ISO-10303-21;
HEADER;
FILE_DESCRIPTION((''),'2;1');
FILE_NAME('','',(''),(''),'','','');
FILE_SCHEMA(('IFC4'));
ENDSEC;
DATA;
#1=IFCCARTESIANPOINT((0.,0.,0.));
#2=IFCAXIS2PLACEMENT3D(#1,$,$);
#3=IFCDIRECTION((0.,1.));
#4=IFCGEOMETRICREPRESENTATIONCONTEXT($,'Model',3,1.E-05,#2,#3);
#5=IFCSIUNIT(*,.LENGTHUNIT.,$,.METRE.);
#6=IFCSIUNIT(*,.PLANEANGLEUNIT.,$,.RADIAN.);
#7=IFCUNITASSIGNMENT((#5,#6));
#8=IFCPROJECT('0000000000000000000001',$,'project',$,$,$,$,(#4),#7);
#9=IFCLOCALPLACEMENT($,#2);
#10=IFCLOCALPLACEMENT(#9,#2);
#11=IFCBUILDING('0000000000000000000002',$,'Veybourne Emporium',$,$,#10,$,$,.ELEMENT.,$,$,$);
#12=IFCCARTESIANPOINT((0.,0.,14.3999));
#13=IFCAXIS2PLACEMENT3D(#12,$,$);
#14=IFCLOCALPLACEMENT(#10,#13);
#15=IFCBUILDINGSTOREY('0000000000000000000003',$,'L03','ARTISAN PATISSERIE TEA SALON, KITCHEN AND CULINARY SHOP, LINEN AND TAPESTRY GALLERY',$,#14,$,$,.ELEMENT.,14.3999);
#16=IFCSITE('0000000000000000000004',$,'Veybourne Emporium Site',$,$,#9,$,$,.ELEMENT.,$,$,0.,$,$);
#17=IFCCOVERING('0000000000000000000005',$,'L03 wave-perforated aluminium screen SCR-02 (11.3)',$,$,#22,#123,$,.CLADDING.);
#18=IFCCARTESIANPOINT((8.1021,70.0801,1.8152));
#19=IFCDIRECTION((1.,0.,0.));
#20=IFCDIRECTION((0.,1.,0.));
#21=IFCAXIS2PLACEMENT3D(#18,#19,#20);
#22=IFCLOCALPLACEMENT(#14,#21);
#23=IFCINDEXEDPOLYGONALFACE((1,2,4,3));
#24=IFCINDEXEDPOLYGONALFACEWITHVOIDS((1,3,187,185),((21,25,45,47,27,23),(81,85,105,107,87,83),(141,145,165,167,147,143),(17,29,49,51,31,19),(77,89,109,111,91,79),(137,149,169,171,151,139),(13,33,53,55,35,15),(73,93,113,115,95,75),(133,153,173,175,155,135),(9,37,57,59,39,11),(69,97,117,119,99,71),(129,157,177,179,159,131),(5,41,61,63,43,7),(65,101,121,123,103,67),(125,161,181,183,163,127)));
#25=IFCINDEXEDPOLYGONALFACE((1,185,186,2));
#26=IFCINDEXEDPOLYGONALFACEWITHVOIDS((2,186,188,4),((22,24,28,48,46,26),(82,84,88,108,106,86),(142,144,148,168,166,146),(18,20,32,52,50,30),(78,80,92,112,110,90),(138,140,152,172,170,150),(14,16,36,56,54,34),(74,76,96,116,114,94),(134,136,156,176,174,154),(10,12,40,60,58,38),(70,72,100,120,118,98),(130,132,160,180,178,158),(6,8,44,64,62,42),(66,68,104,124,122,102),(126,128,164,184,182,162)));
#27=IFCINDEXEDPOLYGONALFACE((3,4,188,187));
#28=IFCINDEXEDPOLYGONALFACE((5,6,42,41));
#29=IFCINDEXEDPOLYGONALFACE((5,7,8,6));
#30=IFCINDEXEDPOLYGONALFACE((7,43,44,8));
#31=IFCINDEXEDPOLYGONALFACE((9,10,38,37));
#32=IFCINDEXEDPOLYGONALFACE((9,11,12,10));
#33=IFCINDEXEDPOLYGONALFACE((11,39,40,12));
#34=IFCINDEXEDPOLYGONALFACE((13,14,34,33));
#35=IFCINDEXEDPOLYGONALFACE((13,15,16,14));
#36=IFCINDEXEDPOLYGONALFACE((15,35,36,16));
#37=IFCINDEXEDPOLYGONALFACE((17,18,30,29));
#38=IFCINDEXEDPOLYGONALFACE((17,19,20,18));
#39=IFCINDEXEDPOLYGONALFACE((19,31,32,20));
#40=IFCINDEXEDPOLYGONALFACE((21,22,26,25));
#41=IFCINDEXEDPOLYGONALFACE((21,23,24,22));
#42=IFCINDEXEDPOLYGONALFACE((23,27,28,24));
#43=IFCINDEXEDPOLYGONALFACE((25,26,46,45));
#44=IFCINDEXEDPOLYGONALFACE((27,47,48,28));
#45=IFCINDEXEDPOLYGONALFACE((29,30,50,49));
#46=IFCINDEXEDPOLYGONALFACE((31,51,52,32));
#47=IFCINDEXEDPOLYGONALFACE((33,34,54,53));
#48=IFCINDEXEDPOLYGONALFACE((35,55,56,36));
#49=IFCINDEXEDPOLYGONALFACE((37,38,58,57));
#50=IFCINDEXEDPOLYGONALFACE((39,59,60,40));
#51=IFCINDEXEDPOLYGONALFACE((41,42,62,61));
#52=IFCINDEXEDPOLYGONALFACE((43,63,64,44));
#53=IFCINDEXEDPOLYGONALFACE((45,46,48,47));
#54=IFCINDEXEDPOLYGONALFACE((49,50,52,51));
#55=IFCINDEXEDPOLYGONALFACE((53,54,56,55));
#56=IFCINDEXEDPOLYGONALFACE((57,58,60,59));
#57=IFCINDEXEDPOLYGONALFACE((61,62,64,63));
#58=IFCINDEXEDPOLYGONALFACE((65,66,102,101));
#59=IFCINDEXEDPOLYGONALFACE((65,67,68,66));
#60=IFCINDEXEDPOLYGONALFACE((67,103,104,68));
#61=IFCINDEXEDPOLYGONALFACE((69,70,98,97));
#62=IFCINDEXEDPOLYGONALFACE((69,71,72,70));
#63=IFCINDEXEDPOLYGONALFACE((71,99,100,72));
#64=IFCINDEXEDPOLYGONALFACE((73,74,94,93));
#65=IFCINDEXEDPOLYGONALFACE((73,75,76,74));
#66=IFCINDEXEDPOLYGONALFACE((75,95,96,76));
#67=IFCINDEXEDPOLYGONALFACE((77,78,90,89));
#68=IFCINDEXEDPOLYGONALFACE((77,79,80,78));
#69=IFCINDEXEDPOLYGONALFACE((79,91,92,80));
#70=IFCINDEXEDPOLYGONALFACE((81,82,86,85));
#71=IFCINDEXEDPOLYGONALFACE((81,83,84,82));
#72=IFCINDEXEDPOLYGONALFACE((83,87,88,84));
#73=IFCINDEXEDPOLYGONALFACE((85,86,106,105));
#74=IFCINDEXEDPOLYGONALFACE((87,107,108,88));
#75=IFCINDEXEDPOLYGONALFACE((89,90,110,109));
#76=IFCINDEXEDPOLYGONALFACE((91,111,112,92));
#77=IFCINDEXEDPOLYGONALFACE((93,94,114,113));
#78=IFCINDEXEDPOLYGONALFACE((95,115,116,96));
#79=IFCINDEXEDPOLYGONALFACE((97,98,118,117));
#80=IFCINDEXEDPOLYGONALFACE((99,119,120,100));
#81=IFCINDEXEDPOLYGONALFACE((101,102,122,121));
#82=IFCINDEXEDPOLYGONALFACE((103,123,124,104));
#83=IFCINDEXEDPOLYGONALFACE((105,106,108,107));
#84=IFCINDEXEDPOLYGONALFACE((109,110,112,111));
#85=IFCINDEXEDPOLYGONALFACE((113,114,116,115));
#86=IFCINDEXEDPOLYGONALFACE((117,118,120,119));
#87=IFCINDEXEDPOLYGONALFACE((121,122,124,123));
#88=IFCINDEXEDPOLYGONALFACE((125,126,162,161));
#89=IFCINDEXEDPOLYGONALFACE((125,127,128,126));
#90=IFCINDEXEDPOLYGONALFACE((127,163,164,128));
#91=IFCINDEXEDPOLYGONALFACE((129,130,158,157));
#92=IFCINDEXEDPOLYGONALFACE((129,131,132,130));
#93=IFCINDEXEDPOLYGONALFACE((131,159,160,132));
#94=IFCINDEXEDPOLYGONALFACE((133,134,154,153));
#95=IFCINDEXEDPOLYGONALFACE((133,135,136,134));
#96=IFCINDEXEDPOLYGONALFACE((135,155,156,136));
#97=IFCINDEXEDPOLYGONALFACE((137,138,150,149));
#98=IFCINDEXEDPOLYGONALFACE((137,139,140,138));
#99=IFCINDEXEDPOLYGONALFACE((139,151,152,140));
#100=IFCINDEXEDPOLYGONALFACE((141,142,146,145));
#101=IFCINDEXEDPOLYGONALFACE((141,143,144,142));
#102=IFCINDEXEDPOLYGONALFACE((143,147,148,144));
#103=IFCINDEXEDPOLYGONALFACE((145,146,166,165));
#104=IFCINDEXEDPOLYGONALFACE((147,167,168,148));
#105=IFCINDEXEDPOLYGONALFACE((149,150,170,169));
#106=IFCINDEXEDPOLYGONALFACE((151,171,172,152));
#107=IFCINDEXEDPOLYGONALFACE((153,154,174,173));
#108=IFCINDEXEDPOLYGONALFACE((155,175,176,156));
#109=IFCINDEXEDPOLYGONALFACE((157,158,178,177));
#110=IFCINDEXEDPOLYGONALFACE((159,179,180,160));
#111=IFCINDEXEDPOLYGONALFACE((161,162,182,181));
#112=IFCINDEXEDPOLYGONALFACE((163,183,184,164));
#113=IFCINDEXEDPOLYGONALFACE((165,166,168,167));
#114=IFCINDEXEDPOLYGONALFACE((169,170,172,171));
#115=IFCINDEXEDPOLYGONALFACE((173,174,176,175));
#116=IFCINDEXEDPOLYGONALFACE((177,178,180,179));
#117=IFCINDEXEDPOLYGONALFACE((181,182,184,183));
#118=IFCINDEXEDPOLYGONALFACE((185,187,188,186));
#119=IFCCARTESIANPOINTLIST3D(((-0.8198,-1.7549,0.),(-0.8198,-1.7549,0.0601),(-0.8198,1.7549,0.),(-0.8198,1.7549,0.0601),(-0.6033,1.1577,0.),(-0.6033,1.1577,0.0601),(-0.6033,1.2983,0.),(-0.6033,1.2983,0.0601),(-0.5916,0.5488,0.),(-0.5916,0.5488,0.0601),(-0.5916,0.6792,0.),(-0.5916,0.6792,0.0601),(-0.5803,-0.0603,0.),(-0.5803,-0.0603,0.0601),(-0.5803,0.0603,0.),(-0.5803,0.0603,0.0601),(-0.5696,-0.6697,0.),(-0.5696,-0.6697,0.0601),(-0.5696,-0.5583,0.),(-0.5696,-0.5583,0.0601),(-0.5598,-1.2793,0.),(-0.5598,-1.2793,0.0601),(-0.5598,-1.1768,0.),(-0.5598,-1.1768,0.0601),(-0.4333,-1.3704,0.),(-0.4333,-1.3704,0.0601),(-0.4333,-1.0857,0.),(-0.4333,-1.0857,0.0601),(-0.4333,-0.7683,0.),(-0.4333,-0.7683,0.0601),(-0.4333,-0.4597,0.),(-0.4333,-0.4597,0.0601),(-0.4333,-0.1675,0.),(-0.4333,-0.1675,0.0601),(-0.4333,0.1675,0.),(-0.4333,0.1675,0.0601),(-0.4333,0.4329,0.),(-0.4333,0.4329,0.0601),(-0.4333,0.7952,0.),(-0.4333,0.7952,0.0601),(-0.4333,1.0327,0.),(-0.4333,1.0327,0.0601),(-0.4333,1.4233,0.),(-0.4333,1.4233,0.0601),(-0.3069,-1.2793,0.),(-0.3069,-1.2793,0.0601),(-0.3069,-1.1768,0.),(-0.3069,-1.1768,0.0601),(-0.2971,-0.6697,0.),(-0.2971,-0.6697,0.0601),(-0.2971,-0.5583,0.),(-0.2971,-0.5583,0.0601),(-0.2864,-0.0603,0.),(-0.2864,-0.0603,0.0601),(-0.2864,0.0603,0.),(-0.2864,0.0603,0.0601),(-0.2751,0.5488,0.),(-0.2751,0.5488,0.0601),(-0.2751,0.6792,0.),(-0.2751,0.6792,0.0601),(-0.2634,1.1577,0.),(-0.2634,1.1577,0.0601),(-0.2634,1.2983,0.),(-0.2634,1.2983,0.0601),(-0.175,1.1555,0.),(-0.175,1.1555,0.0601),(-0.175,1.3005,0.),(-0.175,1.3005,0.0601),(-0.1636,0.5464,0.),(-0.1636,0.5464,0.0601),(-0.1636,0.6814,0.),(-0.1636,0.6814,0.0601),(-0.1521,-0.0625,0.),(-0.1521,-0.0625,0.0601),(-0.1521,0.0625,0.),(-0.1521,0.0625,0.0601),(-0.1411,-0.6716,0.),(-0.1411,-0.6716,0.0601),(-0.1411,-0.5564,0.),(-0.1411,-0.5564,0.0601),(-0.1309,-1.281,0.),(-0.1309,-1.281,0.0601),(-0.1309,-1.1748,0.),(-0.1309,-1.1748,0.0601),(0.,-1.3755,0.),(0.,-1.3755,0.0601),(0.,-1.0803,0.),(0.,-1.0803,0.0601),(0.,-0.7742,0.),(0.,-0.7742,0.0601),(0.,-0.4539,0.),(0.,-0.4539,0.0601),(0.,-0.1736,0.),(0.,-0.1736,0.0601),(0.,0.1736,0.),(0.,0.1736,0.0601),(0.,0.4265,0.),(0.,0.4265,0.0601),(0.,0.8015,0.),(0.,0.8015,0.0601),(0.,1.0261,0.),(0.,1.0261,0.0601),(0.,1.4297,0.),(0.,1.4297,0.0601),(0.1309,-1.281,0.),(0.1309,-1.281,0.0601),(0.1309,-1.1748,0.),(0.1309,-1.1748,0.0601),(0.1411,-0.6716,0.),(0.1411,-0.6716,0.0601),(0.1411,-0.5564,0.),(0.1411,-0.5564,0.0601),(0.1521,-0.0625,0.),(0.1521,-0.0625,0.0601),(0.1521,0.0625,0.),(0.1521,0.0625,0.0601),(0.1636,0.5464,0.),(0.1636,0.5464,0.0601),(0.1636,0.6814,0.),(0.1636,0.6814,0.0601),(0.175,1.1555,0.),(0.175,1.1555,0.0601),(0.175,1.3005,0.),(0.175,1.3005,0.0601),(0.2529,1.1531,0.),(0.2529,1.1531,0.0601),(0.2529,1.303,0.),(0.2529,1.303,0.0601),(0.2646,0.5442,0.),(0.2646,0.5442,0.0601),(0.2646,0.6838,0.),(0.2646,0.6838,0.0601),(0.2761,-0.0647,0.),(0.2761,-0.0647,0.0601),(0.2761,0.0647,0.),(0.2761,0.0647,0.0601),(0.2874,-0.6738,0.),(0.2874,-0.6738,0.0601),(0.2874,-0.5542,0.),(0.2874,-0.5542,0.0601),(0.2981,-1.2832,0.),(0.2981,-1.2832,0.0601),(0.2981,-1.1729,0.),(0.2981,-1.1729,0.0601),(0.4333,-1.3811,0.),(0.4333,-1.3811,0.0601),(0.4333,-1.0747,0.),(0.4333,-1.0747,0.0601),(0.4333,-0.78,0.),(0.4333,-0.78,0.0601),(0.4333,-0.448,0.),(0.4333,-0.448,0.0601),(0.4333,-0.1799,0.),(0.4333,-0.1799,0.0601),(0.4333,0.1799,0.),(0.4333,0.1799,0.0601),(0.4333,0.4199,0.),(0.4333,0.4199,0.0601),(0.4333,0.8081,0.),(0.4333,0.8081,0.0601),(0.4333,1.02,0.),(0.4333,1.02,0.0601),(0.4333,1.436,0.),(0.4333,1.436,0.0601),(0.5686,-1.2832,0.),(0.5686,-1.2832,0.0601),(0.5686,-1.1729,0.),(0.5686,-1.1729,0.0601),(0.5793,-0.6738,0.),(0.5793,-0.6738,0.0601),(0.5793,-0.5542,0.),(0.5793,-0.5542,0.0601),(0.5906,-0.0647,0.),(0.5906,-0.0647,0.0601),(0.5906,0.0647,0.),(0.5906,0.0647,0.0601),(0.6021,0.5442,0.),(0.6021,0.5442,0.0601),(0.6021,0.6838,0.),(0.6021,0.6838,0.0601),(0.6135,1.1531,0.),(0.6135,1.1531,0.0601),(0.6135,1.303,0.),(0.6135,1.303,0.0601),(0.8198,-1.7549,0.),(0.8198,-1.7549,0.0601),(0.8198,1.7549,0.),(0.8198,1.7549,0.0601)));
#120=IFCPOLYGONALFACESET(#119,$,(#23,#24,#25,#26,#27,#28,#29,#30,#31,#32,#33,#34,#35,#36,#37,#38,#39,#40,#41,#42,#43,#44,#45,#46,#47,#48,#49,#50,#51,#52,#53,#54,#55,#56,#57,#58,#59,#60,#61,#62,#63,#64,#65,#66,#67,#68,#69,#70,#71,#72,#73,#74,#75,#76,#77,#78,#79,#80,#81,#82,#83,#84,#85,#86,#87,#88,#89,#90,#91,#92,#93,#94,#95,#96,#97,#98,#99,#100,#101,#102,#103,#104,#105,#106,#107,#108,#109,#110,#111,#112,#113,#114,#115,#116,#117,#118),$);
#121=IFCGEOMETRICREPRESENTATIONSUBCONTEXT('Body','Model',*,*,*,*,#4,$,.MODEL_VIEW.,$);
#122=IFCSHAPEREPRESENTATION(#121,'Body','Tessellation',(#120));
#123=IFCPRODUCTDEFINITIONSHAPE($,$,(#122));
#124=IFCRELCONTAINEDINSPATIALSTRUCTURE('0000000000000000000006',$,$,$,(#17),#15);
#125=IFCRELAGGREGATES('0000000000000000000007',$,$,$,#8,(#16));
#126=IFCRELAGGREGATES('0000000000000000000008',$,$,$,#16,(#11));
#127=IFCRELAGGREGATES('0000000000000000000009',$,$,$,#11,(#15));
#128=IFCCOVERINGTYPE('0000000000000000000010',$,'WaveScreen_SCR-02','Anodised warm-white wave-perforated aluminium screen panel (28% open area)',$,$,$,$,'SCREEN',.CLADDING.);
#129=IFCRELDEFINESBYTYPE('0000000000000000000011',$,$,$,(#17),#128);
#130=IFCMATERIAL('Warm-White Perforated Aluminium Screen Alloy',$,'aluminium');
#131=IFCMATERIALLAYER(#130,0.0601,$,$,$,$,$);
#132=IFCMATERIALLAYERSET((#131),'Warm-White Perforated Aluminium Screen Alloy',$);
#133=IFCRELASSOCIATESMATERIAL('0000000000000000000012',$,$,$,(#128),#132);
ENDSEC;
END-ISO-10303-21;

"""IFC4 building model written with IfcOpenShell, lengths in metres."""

from ifc_helpers import new_model, si_unit, direction, frame, origin, place, context, subcontext, project, spatial, polyline, outline, extrude, material, layer, layer_set, type_object, element, save


model = new_model("IFC4")

# Units and contexts
model_context = context("Model", 3, precision=1e-05, world=origin(), true_north=direction((0.0, 1.0)))
body_context = subcontext(model_context, "Body", "Model", "MODEL_VIEW")
ifc_project = project(units=[si_unit("LENGTHUNIT", "METRE"), si_unit("PLANEANGLEUNIT", "RADIAN")], contexts=[model_context])

# Site, building, storey
site_placement = place(None, origin())
site = spatial("IfcSite", under=ifc_project, at=site_placement, Name="Veybourne Emporium Site", CompositionType="ELEMENT", RefElevation=0.0)
building_placement = place(site_placement, origin())
building = spatial("IfcBuilding", under=site, at=building_placement, Name="Veybourne Emporium", CompositionType="ELEMENT")
storey_placement = place(building_placement, frame((0.0, 0.0, 14.3999)))
storey = spatial("IfcBuildingStorey", under=building, at=storey_placement, Name="L03", Description="ARTISAN PATISSERIE TEA SALON, KITCHEN AND CULINARY SHOP, LINEN AND TAPESTRY GALLERY", CompositionType="ELEMENT", Elevation=14.3999)

# Covering
ifc_material_1 = material(Name="Warm-White Perforated Aluminium Screen Alloy", Category="aluminium")
ifc_layer_1 = layer(ifc_material_1, 0.0601)
ifc_layer_set_1 = layer_set([ifc_layer_1], Name="Warm-White Perforated Aluminium Screen Alloy")
covering_type_1 = type_object("IfcCoveringType", Name="WaveScreen_SCR-02", Description="Anodised warm-white wave-perforated aluminium screen panel (28% open area)", ElementType="SCREEN", PredefinedType="CLADDING", material=ifc_layer_set_1)
covering_1_placement = place(storey_placement, frame((8.1021, 70.0801, 1.8152), z_axis=(1.0, 0.0, 0.0), x_axis=(0.0, 1.0, 0.0)))
element("IfcCovering", 1, at=covering_1_placement, inside=storey, type_object=covering_type_1, Name="L03 wave-perforated aluminium screen SCR-02 (11.3)", PredefinedType="CLADDING", context=body_context, shape_type="SweptSolid", body=[
    extrude(outline(polyline([(-0.8198, -1.7549), (0.8198, -1.7549), (0.8198, 1.7549), (-0.8198, 1.7549), (-0.8198, -1.7549)]), holes=[polyline([(-0.4333, -1.0857), (-0.3069, -1.1768), (-0.3069, -1.2793), (-0.4333, -1.3704), (-0.5598, -1.2793), (-0.5598, -1.1768), (-0.4333, -1.0857)]), polyline([(-0.4333, -0.4597), (-0.2971, -0.5583), (-0.2971, -0.6697), (-0.4333, -0.7683), (-0.5696, -0.6697), (-0.5696, -0.5583), (-0.4333, -0.4597)]), polyline([(-0.4333, 0.1675), (-0.2864, 0.0603), (-0.2864, -0.0603), (-0.4333, -0.1675), (-0.5803, -0.0603), (-0.5803, 0.0603), (-0.4333, 0.1675)]), polyline([(-0.4333, 0.7952), (-0.2751, 0.6792), (-0.2751, 0.5488), (-0.4333, 0.4329), (-0.5916, 0.5488), (-0.5916, 0.6792), (-0.4333, 0.7952)]), polyline([(-0.4333, 1.4233), (-0.2634, 1.2983), (-0.2634, 1.1577), (-0.4333, 1.0327), (-0.6033, 1.1577), (-0.6033, 1.2983), (-0.4333, 1.4233)]), polyline([(0.0, -1.0803), (0.1309, -1.1748), (0.1309, -1.281), (0.0, -1.3755), (-0.1309, -1.281), (-0.1309, -1.1748), (0.0, -1.0803)]), polyline([(0.0, -0.4539), (0.1411, -0.5564), (0.1411, -0.6716), (0.0, -0.7742), (-0.1411, -0.6716), (-0.1411, -0.5564), (0.0, -0.4539)]), polyline([(0.0, 0.1736), (0.1521, 0.0625), (0.1521, -0.0625), (0.0, -0.1736), (-0.1521, -0.0625), (-0.1521, 0.0625), (0.0, 0.1736)]), polyline([(0.0, 0.8015), (0.1636, 0.6814), (0.1636, 0.5464), (0.0, 0.4265), (-0.1636, 0.5464), (-0.1636, 0.6814), (0.0, 0.8015)]), polyline([(0.0, 1.4297), (0.175, 1.3005), (0.175, 1.1555), (0.0, 1.0261), (-0.175, 1.1555), (-0.175, 1.3005), (0.0, 1.4297)]), polyline([(0.4333, -1.0747), (0.5686, -1.1729), (0.5686, -1.2832), (0.4333, -1.3811), (0.2981, -1.2832), (0.2981, -1.1729), (0.4333, -1.0747)]), polyline([(0.4333, -0.448), (0.5793, -0.5542), (0.5793, -0.6738), (0.4333, -0.78), (0.2874, -0.6738), (0.2874, -0.5542), (0.4333, -0.448)]), polyline([(0.4333, 0.1799), (0.5906, 0.0647), (0.5906, -0.0647), (0.4333, -0.1799), (0.2761, -0.0647), (0.2761, 0.0647), (0.4333, 0.1799)]), polyline([(0.4333, 0.8081), (0.6021, 0.6838), (0.6021, 0.5442), (0.4333, 0.4199), (0.2646, 0.5442), (0.2646, 0.6838), (0.4333, 0.8081)]), polyline([(0.4333, 1.436), (0.6135, 1.303), (0.6135, 1.1531), (0.4333, 1.02), (0.2529, 1.1531), (0.2529, 1.303), (0.4333, 1.436)])]), origin(), (0.0, 0.0, 1.0), 0.0601),
])

save(model, "model.ifc")
